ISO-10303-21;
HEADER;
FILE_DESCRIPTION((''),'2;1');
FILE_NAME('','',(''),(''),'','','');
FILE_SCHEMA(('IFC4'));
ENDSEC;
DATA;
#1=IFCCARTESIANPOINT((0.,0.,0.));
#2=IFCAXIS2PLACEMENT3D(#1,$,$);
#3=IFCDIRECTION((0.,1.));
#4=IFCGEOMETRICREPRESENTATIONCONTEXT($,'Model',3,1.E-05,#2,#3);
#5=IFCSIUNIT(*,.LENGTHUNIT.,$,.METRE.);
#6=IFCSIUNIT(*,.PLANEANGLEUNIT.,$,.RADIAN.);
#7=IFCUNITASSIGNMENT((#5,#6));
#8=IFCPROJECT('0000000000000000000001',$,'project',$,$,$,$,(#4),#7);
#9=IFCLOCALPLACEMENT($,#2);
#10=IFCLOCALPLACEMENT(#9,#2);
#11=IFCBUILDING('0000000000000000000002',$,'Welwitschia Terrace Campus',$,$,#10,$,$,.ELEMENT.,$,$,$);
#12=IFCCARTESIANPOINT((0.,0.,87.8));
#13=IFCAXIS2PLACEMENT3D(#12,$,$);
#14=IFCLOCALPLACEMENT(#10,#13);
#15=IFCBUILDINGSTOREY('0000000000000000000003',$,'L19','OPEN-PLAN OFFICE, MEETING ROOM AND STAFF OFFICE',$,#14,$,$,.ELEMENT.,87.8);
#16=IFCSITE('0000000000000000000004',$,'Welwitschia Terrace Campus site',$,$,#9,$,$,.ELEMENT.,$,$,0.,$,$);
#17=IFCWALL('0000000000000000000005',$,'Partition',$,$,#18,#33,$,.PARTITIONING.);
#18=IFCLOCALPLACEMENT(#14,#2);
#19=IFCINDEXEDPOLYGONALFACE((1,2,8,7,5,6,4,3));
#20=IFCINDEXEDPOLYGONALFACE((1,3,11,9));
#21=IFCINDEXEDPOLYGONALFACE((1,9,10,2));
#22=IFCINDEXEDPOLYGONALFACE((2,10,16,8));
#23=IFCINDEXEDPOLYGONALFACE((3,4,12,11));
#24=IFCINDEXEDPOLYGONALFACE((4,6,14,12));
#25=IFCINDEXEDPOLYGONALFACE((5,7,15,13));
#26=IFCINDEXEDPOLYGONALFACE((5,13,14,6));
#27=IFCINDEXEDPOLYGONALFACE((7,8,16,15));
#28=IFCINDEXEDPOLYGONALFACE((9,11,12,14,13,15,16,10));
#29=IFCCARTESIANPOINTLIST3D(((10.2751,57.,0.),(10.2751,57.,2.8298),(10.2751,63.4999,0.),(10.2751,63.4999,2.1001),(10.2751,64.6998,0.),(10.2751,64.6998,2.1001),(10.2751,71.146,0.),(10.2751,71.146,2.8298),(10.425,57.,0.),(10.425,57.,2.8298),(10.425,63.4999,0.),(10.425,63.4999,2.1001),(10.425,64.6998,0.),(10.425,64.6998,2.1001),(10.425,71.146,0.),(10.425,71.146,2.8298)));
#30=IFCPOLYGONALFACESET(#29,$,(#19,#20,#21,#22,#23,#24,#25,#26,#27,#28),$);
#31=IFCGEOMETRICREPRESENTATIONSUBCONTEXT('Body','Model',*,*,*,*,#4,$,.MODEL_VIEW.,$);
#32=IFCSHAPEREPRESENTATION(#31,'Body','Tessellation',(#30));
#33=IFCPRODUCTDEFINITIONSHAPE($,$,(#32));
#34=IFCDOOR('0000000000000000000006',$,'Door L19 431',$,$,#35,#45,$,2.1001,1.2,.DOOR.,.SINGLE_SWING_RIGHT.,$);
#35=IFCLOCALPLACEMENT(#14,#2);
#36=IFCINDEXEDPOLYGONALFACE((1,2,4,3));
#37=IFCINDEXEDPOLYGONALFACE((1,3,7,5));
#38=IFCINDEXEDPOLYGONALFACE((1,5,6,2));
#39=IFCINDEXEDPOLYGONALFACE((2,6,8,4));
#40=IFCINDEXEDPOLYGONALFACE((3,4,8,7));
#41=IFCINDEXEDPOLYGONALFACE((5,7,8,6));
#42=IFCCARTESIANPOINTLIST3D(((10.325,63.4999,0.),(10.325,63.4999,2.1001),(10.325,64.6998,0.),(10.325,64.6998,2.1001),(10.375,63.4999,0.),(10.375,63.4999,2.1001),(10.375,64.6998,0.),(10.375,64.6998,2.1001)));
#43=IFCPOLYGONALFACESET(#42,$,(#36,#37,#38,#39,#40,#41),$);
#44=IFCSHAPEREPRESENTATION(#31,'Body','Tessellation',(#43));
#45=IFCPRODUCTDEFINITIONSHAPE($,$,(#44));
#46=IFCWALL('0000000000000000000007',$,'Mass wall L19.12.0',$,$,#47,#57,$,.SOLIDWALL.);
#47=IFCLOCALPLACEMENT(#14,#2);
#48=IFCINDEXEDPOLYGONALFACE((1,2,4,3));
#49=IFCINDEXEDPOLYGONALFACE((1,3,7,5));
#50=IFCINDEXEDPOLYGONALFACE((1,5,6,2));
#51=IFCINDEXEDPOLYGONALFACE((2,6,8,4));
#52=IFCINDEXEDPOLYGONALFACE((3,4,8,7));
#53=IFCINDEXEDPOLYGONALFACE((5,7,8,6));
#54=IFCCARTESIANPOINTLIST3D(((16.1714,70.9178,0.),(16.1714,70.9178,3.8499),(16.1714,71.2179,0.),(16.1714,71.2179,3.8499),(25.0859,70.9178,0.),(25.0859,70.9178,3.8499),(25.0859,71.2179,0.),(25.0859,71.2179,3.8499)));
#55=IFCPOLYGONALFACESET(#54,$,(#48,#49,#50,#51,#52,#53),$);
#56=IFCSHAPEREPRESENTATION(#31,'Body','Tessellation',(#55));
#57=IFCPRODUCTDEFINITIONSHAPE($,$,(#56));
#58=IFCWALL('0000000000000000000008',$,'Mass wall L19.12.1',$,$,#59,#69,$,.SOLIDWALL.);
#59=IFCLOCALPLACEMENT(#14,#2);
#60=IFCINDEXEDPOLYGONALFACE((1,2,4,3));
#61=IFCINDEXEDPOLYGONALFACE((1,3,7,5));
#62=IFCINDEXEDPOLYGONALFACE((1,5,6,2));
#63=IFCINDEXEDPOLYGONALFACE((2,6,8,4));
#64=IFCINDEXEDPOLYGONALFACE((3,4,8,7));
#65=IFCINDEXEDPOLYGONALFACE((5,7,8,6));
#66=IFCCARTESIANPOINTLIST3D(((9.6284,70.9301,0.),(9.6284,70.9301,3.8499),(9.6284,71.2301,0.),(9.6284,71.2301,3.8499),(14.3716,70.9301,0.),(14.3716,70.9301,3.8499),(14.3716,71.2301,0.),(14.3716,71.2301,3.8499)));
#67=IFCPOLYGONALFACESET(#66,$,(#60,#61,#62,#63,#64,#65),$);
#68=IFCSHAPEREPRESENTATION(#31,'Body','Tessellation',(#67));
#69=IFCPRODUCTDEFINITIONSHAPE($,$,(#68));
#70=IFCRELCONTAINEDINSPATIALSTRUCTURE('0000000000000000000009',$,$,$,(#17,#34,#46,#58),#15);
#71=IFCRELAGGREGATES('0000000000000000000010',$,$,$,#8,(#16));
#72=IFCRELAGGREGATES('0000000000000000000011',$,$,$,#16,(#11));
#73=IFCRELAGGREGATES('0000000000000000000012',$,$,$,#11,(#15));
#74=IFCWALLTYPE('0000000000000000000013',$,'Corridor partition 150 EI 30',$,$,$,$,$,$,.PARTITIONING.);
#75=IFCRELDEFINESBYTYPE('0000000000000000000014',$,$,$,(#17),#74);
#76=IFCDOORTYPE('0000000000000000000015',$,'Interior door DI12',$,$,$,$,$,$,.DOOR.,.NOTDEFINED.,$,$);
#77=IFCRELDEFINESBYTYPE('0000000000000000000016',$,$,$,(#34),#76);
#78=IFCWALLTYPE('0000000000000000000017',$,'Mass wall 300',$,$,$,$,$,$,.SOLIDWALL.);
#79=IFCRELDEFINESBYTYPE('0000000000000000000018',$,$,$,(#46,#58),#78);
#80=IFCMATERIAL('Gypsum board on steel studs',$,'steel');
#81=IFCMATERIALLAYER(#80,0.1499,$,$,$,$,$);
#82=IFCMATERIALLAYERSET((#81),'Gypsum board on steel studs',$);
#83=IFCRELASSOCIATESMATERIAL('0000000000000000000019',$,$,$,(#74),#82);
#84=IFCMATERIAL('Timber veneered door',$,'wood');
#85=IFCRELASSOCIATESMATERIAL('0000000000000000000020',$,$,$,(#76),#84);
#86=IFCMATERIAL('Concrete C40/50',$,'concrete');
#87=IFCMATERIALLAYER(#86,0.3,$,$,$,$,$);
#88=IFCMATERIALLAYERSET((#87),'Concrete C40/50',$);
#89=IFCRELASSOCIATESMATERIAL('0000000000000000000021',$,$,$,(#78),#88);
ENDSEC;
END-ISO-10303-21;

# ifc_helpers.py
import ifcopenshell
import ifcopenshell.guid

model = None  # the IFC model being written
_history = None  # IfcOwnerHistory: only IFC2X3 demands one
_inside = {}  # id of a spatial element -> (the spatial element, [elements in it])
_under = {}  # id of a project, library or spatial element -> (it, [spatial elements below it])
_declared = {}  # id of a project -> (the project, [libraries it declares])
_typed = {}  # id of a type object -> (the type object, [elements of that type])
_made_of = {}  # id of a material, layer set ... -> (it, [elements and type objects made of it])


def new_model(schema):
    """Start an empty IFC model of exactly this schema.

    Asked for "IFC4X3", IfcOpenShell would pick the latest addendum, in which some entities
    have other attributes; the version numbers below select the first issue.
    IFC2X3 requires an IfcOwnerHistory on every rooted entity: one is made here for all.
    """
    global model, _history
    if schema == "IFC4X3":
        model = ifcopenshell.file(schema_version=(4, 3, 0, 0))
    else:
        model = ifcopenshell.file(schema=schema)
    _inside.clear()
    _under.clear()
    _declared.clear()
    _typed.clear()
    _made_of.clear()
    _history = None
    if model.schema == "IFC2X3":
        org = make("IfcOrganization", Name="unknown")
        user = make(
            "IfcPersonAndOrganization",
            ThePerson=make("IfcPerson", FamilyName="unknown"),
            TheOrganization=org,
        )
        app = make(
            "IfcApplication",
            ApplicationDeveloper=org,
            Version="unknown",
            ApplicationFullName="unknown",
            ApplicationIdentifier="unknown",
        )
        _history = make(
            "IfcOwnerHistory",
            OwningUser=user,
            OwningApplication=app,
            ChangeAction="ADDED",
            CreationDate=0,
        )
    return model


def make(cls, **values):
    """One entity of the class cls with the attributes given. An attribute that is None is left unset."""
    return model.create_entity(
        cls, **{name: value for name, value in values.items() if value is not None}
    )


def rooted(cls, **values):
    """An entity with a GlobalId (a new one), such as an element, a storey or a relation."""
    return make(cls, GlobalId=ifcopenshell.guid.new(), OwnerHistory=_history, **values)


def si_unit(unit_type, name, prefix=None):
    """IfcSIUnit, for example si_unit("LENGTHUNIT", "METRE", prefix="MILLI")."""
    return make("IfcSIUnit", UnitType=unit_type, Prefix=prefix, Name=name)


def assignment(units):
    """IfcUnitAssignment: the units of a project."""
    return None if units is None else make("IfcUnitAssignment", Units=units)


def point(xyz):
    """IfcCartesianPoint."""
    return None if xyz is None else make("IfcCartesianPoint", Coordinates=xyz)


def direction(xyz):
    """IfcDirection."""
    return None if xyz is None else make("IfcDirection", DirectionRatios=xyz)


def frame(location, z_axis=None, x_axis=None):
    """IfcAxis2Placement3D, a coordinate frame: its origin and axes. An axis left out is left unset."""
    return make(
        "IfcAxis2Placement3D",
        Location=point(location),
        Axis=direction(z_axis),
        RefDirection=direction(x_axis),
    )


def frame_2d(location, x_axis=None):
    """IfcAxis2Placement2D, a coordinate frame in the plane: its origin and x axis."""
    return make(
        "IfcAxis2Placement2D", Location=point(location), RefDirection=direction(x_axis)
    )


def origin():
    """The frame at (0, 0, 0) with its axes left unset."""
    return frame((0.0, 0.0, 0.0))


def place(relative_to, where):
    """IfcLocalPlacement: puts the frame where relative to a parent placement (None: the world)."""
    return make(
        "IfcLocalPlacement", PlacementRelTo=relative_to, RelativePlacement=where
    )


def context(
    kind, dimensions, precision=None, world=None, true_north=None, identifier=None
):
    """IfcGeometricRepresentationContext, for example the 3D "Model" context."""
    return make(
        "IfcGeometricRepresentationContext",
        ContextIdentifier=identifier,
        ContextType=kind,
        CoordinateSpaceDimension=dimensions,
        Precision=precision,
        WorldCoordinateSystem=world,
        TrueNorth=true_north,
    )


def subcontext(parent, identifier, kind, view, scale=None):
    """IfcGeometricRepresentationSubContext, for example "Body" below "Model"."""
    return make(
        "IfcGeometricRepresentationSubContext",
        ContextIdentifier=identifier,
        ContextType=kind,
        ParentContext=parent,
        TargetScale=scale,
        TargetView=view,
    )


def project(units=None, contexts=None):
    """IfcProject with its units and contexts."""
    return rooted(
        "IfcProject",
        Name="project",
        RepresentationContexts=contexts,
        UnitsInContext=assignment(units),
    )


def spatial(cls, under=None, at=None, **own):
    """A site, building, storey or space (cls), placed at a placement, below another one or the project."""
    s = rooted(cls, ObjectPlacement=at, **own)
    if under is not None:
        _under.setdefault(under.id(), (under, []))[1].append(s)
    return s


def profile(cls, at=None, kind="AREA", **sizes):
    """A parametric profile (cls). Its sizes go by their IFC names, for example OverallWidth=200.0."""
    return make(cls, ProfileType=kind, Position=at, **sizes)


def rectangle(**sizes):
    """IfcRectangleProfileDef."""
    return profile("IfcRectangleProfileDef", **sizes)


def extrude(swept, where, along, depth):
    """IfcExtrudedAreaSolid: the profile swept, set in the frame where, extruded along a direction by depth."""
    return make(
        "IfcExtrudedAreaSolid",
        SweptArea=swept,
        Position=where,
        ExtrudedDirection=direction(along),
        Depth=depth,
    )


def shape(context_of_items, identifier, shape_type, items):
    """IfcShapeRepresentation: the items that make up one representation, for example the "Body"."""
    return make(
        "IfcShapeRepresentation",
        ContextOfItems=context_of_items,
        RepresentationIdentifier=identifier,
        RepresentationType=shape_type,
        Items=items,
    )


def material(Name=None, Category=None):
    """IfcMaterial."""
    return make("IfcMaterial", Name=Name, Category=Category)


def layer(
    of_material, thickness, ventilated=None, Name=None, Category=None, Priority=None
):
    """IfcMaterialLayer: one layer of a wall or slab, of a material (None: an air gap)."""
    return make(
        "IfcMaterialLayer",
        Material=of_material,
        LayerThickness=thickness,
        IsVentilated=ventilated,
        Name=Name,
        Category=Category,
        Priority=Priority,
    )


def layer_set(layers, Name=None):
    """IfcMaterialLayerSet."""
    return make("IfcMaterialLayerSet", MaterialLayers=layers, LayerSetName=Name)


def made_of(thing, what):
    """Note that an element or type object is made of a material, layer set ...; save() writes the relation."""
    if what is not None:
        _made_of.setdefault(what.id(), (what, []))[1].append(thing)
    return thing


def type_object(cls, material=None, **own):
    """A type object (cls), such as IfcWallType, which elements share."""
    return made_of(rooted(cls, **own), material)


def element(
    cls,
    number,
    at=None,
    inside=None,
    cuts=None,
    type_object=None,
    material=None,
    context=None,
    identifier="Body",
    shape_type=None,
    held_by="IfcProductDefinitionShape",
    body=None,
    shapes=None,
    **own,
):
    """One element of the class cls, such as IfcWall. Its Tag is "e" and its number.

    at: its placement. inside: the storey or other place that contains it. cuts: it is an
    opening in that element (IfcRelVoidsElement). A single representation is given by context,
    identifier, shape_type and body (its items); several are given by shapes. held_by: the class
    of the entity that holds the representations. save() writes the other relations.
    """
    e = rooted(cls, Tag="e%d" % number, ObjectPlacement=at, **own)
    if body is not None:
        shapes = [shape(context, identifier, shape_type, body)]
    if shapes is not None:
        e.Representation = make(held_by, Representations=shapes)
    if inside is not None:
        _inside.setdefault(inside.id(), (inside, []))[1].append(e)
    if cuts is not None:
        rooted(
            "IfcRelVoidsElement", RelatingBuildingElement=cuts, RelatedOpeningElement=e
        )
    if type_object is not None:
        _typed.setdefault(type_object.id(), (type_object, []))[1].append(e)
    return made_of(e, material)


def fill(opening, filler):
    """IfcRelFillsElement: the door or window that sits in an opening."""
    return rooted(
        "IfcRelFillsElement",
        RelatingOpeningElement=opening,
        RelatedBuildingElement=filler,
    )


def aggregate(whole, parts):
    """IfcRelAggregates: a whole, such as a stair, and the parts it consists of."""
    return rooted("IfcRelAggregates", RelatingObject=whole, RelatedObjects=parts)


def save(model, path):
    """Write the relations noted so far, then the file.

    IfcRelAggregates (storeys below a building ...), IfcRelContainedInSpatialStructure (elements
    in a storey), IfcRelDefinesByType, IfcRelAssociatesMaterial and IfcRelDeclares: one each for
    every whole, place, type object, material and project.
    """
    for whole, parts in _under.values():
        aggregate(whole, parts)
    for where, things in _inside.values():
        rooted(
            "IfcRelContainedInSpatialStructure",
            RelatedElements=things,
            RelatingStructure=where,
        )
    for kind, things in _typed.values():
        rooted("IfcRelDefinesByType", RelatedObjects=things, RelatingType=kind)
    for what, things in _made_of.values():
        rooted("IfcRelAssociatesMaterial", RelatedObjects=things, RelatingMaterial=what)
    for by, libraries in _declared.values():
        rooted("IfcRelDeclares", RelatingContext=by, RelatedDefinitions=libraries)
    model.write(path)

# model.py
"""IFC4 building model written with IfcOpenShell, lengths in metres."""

from ifc_helpers import new_model, si_unit, direction, frame, frame_2d, origin, place, context, subcontext, project, spatial, rectangle, extrude, material, layer, layer_set, type_object, element, fill, save


model = new_model("IFC4")

# Units and contexts
model_context = context("Model", 3, precision=1e-05, world=origin(), true_north=direction((0.0, 1.0)))
body_context = subcontext(model_context, "Body", "Model", "MODEL_VIEW")
ifc_project = project(units=[si_unit("LENGTHUNIT", "METRE"), si_unit("PLANEANGLEUNIT", "RADIAN")], contexts=[model_context])

# Site, building, storey
site_placement = place(None, origin())
site = spatial("IfcSite", under=ifc_project, at=site_placement, Name="Welwitschia Terrace Campus site", CompositionType="ELEMENT", RefElevation=0.0)
building_placement = place(site_placement, origin())
building = spatial("IfcBuilding", under=site, at=building_placement, Name="Welwitschia Terrace Campus", CompositionType="ELEMENT")
storey_placement = place(building_placement, frame((0.0, 0.0, 87.8)))
storey = spatial("IfcBuildingStorey", under=building, at=storey_placement, Name="L19", Description="OPEN-PLAN OFFICE, MEETING ROOM AND STAFF OFFICE", CompositionType="ELEMENT", Elevation=87.8)

# Wall, opening, door
ifc_material_1 = material(Name="Gypsum board on steel studs", Category="steel")
ifc_layer_1 = layer(ifc_material_1, 0.1499)
ifc_layer_set_1 = layer_set([ifc_layer_1], Name="Gypsum board on steel studs")
wall_type_1 = type_object("IfcWallType", Name="Corridor partition 150 EI 30", PredefinedType="PARTITIONING", material=ifc_layer_set_1)
wall_1_placement = place(storey_placement, frame((10.3501, 71.146, 0.0), z_axis=(0.0, 0.0, 1.0), x_axis=(0.0, -1.0, 0.0)))
wall_1 = element("IfcWall", 1, at=wall_1_placement, inside=storey, type_object=wall_type_1, Name="Partition", PredefinedType="PARTITIONING", context=body_context, shape_type="SweptSolid", body=[
    extrude(rectangle(XDim=14.146, YDim=0.1499, at=frame_2d((7.073, 0.0))), origin(), (0.0, 0.0, 1.0), 2.8298),
])
opening_placement = place(wall_1_placement, frame((6.446, 0.0, 0.0)))
opening = element("IfcOpeningElement", 2, at=opening_placement, cuts=wall_1, PredefinedType="OPENING", context=body_context, shape_type="SweptSolid", body=[
    extrude(rectangle(XDim=1.2, YDim=2.1001, at=frame_2d((0.6001, 1.05))), frame((0.0, 0.085, 0.0), z_axis=(0.0, -1.0, 0.0), x_axis=(1.0, 0.0, 0.0)), (0.0, 0.0, 1.0), 0.1699),
])
ifc_material_2 = material(Name="Timber veneered door", Category="wood")
door_type = type_object("IfcDoorType", Name="Interior door DI12", OperationType="NOTDEFINED", PredefinedType="DOOR", material=ifc_material_2)
door_placement = place(opening_placement, origin())
door = element("IfcDoor", 3, at=door_placement, inside=storey, type_object=door_type, Name="Door L19 431", OperationType="SINGLE_SWING_RIGHT", OverallHeight=2.1001, OverallWidth=1.2, PredefinedType="DOOR", context=body_context, shape_type="SweptSolid", body=[
    extrude(rectangle(XDim=1.2, YDim=2.1001, at=frame_2d((0.6001, 1.05))), frame((0.0, 0.0249, 0.0), z_axis=(0.0, -1.0, 0.0), x_axis=(1.0, 0.0, 0.0)), (0.0, 0.0, 1.0), 0.05),
])
fill(opening, door)

# Walls
ifc_material_3 = material(Name="Concrete C40/50", Category="concrete")
ifc_layer_2 = layer(ifc_material_3, 0.3)
ifc_layer_set_2 = layer_set([ifc_layer_2], Name="Concrete C40/50")
wall_type_2 = type_object("IfcWallType", Name="Mass wall 300", PredefinedType="SOLIDWALL", material=ifc_layer_set_2)
wall_2_placement = place(storey_placement, frame((25.0859, 71.0679, 0.0), z_axis=(0.0, 0.0, 1.0), x_axis=(-1.0, 0.0, 0.0)))
element("IfcWall", 4, at=wall_2_placement, inside=storey, type_object=wall_type_2, Name="Mass wall L19.12.0", PredefinedType="SOLIDWALL", context=body_context, shape_type="SweptSolid", body=[
    extrude(rectangle(XDim=8.9146, YDim=0.3, at=frame_2d((4.4573, 0.0))), origin(), (0.0, 0.0, 1.0), 3.8499),
])
wall_3_placement = place(storey_placement, frame((14.3716, 71.0801, 0.0), z_axis=(0.0, 0.0, 1.0), x_axis=(-1.0, 0.0, 0.0)))
element("IfcWall", 5, at=wall_3_placement, inside=storey, type_object=wall_type_2, Name="Mass wall L19.12.1", PredefinedType="SOLIDWALL", context=body_context, shape_type="SweptSolid", body=[
    extrude(rectangle(XDim=4.7432, YDim=0.3, at=frame_2d((2.3716, 0.0))), origin(), (0.0, 0.0, 1.0), 3.8499),
])

save(model, "model.ifc")
